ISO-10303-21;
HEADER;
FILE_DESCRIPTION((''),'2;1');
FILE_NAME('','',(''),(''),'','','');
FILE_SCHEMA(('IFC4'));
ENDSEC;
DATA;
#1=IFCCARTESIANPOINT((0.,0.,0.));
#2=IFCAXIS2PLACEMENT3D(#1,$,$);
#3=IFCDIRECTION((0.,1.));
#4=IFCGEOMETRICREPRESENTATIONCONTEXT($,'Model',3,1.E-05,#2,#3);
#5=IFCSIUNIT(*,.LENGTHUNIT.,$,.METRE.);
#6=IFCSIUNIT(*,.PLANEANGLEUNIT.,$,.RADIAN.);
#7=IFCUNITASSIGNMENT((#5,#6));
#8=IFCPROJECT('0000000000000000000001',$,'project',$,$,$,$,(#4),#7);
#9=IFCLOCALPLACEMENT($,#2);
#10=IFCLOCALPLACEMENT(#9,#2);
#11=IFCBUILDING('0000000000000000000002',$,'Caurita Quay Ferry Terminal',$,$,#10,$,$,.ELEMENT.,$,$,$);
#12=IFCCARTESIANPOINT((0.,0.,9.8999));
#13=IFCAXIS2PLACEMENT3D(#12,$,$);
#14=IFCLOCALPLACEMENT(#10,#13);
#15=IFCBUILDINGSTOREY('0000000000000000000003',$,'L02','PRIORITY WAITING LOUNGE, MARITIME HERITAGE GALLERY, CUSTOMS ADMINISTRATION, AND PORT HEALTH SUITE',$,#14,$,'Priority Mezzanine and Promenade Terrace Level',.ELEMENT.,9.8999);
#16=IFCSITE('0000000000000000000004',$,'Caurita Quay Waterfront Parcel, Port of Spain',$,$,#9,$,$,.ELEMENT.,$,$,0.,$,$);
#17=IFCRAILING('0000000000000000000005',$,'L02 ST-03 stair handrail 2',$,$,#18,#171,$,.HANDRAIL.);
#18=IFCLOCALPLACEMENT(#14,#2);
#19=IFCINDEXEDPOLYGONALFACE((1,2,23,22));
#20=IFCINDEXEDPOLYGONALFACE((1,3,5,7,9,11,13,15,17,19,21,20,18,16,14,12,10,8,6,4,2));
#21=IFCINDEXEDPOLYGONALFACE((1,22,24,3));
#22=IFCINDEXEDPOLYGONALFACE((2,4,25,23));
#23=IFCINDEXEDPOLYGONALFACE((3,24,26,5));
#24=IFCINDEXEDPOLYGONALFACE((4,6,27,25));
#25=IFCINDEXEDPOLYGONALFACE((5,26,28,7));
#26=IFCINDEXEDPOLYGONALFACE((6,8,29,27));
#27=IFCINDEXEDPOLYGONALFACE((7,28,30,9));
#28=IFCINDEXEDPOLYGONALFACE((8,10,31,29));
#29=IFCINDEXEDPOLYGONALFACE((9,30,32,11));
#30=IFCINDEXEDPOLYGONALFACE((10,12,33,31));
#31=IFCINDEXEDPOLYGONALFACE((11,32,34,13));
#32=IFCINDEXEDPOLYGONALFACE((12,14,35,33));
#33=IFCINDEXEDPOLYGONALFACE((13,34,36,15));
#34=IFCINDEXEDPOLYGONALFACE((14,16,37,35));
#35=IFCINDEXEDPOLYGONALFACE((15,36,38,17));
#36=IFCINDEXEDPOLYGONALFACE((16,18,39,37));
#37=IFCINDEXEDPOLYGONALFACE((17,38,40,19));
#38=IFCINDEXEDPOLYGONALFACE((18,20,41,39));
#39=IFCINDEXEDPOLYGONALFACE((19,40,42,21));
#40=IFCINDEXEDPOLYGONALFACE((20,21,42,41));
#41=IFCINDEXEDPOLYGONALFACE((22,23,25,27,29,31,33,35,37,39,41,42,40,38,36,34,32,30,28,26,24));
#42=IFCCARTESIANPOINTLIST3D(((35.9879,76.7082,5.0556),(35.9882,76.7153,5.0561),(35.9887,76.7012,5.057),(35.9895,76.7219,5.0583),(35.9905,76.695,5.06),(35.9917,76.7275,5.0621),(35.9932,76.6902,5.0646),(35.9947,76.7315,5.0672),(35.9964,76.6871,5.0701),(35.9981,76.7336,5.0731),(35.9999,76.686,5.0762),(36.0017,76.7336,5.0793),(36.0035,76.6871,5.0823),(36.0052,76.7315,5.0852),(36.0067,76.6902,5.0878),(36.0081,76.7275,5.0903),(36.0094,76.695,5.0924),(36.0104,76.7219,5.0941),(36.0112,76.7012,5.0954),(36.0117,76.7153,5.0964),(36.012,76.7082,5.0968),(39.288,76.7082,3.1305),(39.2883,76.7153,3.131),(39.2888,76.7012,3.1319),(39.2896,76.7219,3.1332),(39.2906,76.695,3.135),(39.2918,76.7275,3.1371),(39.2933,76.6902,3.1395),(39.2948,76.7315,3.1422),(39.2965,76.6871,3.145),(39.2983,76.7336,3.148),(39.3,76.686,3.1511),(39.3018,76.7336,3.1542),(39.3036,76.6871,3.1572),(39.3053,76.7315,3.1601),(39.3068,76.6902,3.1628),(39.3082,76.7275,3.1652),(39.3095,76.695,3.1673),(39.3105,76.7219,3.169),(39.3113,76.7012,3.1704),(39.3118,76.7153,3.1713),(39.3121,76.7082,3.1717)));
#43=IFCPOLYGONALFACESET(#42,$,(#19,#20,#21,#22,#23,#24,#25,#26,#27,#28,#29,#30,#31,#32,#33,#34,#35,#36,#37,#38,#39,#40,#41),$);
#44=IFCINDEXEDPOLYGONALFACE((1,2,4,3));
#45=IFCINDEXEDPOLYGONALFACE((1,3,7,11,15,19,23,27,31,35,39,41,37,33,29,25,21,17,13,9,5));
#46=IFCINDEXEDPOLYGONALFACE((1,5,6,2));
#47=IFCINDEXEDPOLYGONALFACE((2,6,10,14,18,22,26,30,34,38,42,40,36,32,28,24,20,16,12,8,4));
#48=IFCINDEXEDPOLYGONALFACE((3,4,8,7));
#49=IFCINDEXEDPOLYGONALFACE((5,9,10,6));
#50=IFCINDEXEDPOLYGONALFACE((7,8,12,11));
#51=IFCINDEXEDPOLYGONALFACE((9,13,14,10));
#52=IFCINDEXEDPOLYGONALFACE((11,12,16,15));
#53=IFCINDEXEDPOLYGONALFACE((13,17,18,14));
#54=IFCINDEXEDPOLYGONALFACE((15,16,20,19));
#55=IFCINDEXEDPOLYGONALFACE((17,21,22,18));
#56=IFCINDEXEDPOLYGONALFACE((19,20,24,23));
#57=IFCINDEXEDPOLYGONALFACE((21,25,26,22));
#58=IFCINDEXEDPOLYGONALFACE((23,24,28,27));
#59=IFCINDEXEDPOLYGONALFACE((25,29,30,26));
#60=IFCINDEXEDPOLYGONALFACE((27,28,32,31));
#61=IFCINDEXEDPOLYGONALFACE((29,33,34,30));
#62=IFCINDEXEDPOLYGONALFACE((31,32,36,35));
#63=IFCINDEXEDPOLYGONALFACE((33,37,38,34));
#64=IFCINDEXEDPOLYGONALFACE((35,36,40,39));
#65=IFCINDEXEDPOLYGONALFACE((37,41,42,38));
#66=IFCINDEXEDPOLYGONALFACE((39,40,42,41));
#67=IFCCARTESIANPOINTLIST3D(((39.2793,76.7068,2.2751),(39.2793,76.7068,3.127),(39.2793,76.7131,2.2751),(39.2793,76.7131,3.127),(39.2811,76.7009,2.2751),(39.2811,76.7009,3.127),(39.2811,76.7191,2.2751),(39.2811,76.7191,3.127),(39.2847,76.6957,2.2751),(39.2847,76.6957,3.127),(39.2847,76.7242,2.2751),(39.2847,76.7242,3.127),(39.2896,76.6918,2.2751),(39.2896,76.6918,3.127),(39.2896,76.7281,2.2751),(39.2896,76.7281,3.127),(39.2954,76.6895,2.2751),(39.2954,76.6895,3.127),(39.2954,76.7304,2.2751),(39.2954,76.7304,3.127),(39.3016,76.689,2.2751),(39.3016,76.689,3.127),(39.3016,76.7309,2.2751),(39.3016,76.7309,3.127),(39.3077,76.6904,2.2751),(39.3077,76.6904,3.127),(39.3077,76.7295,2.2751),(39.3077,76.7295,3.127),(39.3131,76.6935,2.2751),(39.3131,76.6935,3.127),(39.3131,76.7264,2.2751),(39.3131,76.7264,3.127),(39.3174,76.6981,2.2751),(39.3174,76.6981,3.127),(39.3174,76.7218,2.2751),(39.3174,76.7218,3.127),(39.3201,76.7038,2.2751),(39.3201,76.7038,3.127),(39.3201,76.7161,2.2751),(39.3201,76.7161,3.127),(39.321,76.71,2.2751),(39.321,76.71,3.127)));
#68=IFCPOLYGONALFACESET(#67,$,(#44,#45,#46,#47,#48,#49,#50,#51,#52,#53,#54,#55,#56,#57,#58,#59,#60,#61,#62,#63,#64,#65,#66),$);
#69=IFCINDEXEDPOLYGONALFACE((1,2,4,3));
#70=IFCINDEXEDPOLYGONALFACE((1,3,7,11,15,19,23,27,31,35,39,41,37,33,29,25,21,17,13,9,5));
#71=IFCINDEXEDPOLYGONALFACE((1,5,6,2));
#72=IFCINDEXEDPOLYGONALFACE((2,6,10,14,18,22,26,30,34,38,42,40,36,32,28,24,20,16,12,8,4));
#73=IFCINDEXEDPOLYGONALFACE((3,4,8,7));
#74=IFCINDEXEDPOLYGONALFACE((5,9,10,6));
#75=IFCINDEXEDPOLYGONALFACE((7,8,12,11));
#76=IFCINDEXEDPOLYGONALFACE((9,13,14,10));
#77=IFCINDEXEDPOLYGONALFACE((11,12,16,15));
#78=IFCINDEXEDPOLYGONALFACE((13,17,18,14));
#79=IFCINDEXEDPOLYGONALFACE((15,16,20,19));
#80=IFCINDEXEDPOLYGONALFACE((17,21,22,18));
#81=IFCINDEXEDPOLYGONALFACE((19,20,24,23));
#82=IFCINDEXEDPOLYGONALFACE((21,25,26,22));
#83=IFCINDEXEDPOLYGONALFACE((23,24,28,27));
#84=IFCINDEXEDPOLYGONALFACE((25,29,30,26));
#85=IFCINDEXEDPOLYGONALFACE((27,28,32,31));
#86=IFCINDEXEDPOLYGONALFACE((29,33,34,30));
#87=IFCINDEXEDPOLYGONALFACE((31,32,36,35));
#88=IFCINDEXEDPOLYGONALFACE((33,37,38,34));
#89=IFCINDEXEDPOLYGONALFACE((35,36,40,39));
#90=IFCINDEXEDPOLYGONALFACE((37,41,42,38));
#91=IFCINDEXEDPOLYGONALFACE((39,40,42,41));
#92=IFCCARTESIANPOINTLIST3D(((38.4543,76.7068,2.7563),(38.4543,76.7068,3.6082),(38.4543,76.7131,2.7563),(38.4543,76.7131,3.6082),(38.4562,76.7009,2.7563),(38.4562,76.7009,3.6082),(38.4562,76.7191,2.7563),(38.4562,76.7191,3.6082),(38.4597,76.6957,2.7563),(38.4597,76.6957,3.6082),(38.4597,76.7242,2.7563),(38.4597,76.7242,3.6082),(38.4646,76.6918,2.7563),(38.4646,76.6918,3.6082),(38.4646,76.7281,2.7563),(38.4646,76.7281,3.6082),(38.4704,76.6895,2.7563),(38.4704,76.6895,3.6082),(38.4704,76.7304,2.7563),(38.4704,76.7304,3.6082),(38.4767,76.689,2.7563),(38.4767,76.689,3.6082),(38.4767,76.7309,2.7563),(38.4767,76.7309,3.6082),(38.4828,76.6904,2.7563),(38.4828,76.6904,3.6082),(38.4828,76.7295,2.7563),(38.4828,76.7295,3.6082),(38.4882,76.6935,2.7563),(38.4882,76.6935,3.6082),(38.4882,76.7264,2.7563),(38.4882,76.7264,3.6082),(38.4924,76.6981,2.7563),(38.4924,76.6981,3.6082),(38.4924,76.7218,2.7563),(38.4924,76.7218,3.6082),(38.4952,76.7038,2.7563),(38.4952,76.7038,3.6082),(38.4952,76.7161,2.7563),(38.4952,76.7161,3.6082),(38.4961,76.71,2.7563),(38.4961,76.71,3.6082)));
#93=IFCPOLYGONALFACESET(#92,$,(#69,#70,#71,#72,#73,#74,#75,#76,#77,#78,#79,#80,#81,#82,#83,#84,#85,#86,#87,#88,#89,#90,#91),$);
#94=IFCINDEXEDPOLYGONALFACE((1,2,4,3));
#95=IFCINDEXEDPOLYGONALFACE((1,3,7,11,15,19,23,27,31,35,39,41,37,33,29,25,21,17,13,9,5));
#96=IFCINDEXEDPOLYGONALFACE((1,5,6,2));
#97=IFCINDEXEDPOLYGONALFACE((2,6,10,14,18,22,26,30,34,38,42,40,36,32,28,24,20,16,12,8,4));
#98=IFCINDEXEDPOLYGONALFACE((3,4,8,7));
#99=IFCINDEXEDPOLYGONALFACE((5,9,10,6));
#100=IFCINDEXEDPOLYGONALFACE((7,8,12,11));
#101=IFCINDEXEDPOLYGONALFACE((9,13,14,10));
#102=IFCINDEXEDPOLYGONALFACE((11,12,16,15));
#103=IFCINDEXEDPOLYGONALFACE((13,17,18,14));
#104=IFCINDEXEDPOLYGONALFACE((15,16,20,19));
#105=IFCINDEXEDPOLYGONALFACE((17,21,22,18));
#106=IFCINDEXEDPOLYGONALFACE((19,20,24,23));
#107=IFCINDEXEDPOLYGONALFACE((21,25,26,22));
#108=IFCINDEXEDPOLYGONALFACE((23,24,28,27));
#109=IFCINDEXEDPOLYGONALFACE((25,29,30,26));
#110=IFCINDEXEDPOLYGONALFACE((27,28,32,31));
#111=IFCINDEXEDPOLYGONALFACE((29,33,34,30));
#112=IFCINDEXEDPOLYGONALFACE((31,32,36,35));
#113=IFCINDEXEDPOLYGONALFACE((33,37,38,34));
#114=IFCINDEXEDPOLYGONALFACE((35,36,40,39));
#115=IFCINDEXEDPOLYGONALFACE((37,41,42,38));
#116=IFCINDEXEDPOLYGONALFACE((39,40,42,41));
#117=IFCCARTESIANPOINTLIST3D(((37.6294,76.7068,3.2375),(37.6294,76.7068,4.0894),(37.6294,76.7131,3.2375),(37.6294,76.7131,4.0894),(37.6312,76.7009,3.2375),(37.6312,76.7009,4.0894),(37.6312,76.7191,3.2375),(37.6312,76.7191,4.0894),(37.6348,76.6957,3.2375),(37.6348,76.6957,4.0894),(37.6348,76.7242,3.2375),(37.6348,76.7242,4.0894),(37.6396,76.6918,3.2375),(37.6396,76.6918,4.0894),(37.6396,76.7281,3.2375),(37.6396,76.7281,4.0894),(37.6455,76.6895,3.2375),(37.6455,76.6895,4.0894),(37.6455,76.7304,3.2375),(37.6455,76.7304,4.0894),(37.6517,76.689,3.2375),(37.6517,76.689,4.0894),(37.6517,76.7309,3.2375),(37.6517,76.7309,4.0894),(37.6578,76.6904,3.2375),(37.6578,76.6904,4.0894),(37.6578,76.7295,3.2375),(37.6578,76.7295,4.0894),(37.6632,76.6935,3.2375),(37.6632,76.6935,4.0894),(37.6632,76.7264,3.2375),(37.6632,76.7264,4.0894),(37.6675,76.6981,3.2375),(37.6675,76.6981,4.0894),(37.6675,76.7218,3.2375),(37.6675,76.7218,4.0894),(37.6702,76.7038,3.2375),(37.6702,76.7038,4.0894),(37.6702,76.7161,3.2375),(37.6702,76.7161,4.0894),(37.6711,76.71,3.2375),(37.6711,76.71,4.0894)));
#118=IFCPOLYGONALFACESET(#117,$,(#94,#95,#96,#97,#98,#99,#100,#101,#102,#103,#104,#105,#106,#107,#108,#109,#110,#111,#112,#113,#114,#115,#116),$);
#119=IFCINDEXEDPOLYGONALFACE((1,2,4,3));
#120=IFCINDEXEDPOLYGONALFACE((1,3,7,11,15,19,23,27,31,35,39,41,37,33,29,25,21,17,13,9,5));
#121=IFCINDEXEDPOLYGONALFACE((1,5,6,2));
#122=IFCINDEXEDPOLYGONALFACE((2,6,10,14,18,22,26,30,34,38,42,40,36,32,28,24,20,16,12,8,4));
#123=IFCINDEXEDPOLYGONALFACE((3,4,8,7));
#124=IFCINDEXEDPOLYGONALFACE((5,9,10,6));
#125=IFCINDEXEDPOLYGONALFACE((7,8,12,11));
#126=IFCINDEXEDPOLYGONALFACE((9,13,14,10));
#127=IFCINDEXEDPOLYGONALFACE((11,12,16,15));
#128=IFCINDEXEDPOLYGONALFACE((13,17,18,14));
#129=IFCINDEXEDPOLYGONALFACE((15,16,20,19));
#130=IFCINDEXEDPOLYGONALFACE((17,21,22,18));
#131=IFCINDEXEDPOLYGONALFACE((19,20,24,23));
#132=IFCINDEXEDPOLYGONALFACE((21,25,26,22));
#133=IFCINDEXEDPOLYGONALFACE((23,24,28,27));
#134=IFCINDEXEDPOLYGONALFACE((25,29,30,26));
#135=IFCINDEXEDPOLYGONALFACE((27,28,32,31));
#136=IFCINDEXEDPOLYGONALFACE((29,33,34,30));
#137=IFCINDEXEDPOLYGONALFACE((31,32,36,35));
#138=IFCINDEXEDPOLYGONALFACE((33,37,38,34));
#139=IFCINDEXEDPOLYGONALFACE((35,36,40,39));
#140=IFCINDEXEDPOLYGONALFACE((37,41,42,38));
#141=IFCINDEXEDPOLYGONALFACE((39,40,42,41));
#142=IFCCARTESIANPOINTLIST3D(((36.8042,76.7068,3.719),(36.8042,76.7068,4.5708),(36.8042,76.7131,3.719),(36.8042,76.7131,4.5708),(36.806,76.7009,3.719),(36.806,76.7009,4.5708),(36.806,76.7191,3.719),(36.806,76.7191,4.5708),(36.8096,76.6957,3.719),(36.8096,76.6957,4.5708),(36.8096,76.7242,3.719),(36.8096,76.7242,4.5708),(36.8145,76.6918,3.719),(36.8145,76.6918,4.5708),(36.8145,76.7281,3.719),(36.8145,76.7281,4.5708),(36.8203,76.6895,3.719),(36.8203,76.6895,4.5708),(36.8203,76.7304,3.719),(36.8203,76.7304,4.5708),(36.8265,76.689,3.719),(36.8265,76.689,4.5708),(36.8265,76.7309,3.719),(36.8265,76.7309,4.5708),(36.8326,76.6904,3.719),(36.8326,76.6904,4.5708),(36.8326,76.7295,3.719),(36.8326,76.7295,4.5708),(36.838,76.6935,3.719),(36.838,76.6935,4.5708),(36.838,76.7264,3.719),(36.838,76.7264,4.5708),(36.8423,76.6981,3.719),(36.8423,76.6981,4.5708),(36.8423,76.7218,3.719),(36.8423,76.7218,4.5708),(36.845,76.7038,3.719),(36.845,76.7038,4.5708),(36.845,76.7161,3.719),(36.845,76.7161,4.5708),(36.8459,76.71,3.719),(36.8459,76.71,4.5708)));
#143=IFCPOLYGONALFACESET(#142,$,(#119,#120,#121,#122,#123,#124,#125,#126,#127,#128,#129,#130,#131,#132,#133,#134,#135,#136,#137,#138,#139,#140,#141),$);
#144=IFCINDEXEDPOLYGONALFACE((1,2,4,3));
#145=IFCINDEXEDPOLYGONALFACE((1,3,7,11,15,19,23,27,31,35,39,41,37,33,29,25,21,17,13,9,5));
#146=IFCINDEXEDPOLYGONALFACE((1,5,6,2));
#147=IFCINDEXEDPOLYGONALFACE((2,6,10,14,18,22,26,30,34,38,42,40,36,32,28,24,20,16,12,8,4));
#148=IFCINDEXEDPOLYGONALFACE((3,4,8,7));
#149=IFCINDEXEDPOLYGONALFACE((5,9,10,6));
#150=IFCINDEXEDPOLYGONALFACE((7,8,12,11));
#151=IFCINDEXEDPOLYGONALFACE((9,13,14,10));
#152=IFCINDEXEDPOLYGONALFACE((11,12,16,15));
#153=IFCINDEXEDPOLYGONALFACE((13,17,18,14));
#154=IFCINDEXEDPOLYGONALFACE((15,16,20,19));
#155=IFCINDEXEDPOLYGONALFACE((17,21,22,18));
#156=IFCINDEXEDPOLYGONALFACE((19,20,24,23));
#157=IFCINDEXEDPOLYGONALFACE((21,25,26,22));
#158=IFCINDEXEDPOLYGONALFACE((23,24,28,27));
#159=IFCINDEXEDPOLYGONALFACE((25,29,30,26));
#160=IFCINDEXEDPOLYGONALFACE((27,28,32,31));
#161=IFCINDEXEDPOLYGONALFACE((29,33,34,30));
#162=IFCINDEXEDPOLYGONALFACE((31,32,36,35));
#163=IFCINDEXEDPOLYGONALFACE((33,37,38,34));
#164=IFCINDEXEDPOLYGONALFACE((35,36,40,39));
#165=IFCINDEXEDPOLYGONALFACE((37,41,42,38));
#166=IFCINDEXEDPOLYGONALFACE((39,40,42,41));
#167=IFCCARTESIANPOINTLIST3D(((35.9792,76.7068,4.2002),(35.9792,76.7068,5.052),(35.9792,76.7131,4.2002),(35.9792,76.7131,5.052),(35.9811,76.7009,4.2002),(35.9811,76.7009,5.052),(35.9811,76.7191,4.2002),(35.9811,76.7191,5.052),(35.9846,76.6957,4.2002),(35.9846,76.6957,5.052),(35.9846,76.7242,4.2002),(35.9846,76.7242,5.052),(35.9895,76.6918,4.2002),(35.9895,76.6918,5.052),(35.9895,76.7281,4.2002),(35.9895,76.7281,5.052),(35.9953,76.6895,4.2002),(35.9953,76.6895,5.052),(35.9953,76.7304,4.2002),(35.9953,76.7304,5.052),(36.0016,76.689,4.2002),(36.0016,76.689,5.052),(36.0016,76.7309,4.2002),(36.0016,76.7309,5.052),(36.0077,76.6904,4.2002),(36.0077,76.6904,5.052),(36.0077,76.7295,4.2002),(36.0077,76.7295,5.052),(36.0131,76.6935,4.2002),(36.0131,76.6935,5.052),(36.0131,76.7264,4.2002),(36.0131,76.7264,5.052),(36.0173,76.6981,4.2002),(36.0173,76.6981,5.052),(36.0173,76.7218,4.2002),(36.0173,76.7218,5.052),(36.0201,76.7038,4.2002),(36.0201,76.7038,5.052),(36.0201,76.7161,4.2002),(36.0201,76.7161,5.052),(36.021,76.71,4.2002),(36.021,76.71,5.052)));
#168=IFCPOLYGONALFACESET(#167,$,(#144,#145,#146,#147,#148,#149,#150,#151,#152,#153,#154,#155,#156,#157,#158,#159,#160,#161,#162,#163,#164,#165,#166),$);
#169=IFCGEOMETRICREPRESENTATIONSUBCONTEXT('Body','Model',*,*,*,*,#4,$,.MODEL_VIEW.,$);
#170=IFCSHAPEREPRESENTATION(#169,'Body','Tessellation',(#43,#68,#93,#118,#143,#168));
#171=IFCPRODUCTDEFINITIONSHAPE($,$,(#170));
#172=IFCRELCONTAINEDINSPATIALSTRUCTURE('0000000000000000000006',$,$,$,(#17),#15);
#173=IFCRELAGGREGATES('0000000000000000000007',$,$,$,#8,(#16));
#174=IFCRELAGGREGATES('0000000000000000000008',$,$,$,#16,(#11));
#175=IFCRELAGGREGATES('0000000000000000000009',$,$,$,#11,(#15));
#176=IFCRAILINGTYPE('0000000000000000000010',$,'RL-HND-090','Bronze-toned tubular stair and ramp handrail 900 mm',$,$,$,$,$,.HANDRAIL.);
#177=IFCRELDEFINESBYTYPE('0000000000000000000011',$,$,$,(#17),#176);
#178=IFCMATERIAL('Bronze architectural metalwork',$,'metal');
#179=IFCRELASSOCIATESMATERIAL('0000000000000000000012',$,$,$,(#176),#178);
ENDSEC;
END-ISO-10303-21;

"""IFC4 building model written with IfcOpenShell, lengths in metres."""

from ifc_helpers import new_model, si_unit, direction, frame, origin, origin_2d, place, context, subcontext, project, spatial, circle, extrude, material, type_object, element, save


model = new_model("IFC4")

# Units and contexts
model_context = context("Model", 3, precision=1e-05, world=origin(), true_north=direction((0.0, 1.0)))
body_context = subcontext(model_context, "Body", "Model", "MODEL_VIEW")
ifc_project = project(units=[si_unit("LENGTHUNIT", "METRE"), si_unit("PLANEANGLEUNIT", "RADIAN")], contexts=[model_context])

# Site, building, storey
site_placement = place(None, origin())
site = spatial("IfcSite", under=ifc_project, at=site_placement, Name="Caurita Quay Waterfront Parcel, Port of Spain", CompositionType="ELEMENT", RefElevation=0.0)
building_placement = place(site_placement, origin())
building = spatial("IfcBuilding", under=site, at=building_placement, Name="Caurita Quay Ferry Terminal", CompositionType="ELEMENT")
storey_placement = place(building_placement, frame((0.0, 0.0, 9.8999)))
storey = spatial("IfcBuildingStorey", under=building, at=storey_placement, Name="L02", Description="PRIORITY WAITING LOUNGE, MARITIME HERITAGE GALLERY, CUSTOMS ADMINISTRATION, AND PORT HEALTH SUITE", LongName="Priority Mezzanine and Promenade Terrace Level", CompositionType="ELEMENT", Elevation=9.8999)

# Railing
ifc_material_1 = material(Name="Bronze architectural metalwork", Category="metal")
railing_type_1 = type_object("IfcRailingType", Name="RL-HND-090", Description="Bronze-toned tubular stair and ramp handrail 900 mm", PredefinedType="HANDRAIL", material=ifc_material_1)
railing_1_placement = place(storey_placement, frame((39.3, 76.71, 2.2751)))
element("IfcRailing", 1, at=railing_1_placement, inside=storey, type_object=railing_type_1, Name="L02 ST-03 stair handrail 2", PredefinedType="HANDRAIL", context=body_context, shape_type="SweptSolid", body=[
    extrude(circle(Radius=0.0239, at=origin_2d()), frame((0.0, 0.0, 0.876), z_axis=(-0.863777, 0.0, 0.503875), x_axis=(0.0, -1.0, 0.0)), (0.0, 0.0, 1.0), 3.8206),
    extrude(circle(Radius=0.021, at=origin_2d()), origin(), (0.0, 0.0, 1.0), 0.8518),
    extrude(circle(Radius=0.021, at=origin_2d()), frame((-0.825, 0.0, 0.4812)), (0.0, 0.0, 1.0), 0.8518),
    extrude(circle(Radius=0.021, at=origin_2d()), frame((-1.6499, 0.0, 0.9624)), (0.0, 0.0, 1.0), 0.8518),
    extrude(circle(Radius=0.021, at=origin_2d()), frame((-2.4751, 0.0, 1.4438)), (0.0, 0.0, 1.0), 0.8518),
    extrude(circle(Radius=0.021, at=origin_2d()), frame((-3.3, 0.0, 1.925)), (0.0, 0.0, 1.0), 0.8518),
])

save(model, "model.ifc")
